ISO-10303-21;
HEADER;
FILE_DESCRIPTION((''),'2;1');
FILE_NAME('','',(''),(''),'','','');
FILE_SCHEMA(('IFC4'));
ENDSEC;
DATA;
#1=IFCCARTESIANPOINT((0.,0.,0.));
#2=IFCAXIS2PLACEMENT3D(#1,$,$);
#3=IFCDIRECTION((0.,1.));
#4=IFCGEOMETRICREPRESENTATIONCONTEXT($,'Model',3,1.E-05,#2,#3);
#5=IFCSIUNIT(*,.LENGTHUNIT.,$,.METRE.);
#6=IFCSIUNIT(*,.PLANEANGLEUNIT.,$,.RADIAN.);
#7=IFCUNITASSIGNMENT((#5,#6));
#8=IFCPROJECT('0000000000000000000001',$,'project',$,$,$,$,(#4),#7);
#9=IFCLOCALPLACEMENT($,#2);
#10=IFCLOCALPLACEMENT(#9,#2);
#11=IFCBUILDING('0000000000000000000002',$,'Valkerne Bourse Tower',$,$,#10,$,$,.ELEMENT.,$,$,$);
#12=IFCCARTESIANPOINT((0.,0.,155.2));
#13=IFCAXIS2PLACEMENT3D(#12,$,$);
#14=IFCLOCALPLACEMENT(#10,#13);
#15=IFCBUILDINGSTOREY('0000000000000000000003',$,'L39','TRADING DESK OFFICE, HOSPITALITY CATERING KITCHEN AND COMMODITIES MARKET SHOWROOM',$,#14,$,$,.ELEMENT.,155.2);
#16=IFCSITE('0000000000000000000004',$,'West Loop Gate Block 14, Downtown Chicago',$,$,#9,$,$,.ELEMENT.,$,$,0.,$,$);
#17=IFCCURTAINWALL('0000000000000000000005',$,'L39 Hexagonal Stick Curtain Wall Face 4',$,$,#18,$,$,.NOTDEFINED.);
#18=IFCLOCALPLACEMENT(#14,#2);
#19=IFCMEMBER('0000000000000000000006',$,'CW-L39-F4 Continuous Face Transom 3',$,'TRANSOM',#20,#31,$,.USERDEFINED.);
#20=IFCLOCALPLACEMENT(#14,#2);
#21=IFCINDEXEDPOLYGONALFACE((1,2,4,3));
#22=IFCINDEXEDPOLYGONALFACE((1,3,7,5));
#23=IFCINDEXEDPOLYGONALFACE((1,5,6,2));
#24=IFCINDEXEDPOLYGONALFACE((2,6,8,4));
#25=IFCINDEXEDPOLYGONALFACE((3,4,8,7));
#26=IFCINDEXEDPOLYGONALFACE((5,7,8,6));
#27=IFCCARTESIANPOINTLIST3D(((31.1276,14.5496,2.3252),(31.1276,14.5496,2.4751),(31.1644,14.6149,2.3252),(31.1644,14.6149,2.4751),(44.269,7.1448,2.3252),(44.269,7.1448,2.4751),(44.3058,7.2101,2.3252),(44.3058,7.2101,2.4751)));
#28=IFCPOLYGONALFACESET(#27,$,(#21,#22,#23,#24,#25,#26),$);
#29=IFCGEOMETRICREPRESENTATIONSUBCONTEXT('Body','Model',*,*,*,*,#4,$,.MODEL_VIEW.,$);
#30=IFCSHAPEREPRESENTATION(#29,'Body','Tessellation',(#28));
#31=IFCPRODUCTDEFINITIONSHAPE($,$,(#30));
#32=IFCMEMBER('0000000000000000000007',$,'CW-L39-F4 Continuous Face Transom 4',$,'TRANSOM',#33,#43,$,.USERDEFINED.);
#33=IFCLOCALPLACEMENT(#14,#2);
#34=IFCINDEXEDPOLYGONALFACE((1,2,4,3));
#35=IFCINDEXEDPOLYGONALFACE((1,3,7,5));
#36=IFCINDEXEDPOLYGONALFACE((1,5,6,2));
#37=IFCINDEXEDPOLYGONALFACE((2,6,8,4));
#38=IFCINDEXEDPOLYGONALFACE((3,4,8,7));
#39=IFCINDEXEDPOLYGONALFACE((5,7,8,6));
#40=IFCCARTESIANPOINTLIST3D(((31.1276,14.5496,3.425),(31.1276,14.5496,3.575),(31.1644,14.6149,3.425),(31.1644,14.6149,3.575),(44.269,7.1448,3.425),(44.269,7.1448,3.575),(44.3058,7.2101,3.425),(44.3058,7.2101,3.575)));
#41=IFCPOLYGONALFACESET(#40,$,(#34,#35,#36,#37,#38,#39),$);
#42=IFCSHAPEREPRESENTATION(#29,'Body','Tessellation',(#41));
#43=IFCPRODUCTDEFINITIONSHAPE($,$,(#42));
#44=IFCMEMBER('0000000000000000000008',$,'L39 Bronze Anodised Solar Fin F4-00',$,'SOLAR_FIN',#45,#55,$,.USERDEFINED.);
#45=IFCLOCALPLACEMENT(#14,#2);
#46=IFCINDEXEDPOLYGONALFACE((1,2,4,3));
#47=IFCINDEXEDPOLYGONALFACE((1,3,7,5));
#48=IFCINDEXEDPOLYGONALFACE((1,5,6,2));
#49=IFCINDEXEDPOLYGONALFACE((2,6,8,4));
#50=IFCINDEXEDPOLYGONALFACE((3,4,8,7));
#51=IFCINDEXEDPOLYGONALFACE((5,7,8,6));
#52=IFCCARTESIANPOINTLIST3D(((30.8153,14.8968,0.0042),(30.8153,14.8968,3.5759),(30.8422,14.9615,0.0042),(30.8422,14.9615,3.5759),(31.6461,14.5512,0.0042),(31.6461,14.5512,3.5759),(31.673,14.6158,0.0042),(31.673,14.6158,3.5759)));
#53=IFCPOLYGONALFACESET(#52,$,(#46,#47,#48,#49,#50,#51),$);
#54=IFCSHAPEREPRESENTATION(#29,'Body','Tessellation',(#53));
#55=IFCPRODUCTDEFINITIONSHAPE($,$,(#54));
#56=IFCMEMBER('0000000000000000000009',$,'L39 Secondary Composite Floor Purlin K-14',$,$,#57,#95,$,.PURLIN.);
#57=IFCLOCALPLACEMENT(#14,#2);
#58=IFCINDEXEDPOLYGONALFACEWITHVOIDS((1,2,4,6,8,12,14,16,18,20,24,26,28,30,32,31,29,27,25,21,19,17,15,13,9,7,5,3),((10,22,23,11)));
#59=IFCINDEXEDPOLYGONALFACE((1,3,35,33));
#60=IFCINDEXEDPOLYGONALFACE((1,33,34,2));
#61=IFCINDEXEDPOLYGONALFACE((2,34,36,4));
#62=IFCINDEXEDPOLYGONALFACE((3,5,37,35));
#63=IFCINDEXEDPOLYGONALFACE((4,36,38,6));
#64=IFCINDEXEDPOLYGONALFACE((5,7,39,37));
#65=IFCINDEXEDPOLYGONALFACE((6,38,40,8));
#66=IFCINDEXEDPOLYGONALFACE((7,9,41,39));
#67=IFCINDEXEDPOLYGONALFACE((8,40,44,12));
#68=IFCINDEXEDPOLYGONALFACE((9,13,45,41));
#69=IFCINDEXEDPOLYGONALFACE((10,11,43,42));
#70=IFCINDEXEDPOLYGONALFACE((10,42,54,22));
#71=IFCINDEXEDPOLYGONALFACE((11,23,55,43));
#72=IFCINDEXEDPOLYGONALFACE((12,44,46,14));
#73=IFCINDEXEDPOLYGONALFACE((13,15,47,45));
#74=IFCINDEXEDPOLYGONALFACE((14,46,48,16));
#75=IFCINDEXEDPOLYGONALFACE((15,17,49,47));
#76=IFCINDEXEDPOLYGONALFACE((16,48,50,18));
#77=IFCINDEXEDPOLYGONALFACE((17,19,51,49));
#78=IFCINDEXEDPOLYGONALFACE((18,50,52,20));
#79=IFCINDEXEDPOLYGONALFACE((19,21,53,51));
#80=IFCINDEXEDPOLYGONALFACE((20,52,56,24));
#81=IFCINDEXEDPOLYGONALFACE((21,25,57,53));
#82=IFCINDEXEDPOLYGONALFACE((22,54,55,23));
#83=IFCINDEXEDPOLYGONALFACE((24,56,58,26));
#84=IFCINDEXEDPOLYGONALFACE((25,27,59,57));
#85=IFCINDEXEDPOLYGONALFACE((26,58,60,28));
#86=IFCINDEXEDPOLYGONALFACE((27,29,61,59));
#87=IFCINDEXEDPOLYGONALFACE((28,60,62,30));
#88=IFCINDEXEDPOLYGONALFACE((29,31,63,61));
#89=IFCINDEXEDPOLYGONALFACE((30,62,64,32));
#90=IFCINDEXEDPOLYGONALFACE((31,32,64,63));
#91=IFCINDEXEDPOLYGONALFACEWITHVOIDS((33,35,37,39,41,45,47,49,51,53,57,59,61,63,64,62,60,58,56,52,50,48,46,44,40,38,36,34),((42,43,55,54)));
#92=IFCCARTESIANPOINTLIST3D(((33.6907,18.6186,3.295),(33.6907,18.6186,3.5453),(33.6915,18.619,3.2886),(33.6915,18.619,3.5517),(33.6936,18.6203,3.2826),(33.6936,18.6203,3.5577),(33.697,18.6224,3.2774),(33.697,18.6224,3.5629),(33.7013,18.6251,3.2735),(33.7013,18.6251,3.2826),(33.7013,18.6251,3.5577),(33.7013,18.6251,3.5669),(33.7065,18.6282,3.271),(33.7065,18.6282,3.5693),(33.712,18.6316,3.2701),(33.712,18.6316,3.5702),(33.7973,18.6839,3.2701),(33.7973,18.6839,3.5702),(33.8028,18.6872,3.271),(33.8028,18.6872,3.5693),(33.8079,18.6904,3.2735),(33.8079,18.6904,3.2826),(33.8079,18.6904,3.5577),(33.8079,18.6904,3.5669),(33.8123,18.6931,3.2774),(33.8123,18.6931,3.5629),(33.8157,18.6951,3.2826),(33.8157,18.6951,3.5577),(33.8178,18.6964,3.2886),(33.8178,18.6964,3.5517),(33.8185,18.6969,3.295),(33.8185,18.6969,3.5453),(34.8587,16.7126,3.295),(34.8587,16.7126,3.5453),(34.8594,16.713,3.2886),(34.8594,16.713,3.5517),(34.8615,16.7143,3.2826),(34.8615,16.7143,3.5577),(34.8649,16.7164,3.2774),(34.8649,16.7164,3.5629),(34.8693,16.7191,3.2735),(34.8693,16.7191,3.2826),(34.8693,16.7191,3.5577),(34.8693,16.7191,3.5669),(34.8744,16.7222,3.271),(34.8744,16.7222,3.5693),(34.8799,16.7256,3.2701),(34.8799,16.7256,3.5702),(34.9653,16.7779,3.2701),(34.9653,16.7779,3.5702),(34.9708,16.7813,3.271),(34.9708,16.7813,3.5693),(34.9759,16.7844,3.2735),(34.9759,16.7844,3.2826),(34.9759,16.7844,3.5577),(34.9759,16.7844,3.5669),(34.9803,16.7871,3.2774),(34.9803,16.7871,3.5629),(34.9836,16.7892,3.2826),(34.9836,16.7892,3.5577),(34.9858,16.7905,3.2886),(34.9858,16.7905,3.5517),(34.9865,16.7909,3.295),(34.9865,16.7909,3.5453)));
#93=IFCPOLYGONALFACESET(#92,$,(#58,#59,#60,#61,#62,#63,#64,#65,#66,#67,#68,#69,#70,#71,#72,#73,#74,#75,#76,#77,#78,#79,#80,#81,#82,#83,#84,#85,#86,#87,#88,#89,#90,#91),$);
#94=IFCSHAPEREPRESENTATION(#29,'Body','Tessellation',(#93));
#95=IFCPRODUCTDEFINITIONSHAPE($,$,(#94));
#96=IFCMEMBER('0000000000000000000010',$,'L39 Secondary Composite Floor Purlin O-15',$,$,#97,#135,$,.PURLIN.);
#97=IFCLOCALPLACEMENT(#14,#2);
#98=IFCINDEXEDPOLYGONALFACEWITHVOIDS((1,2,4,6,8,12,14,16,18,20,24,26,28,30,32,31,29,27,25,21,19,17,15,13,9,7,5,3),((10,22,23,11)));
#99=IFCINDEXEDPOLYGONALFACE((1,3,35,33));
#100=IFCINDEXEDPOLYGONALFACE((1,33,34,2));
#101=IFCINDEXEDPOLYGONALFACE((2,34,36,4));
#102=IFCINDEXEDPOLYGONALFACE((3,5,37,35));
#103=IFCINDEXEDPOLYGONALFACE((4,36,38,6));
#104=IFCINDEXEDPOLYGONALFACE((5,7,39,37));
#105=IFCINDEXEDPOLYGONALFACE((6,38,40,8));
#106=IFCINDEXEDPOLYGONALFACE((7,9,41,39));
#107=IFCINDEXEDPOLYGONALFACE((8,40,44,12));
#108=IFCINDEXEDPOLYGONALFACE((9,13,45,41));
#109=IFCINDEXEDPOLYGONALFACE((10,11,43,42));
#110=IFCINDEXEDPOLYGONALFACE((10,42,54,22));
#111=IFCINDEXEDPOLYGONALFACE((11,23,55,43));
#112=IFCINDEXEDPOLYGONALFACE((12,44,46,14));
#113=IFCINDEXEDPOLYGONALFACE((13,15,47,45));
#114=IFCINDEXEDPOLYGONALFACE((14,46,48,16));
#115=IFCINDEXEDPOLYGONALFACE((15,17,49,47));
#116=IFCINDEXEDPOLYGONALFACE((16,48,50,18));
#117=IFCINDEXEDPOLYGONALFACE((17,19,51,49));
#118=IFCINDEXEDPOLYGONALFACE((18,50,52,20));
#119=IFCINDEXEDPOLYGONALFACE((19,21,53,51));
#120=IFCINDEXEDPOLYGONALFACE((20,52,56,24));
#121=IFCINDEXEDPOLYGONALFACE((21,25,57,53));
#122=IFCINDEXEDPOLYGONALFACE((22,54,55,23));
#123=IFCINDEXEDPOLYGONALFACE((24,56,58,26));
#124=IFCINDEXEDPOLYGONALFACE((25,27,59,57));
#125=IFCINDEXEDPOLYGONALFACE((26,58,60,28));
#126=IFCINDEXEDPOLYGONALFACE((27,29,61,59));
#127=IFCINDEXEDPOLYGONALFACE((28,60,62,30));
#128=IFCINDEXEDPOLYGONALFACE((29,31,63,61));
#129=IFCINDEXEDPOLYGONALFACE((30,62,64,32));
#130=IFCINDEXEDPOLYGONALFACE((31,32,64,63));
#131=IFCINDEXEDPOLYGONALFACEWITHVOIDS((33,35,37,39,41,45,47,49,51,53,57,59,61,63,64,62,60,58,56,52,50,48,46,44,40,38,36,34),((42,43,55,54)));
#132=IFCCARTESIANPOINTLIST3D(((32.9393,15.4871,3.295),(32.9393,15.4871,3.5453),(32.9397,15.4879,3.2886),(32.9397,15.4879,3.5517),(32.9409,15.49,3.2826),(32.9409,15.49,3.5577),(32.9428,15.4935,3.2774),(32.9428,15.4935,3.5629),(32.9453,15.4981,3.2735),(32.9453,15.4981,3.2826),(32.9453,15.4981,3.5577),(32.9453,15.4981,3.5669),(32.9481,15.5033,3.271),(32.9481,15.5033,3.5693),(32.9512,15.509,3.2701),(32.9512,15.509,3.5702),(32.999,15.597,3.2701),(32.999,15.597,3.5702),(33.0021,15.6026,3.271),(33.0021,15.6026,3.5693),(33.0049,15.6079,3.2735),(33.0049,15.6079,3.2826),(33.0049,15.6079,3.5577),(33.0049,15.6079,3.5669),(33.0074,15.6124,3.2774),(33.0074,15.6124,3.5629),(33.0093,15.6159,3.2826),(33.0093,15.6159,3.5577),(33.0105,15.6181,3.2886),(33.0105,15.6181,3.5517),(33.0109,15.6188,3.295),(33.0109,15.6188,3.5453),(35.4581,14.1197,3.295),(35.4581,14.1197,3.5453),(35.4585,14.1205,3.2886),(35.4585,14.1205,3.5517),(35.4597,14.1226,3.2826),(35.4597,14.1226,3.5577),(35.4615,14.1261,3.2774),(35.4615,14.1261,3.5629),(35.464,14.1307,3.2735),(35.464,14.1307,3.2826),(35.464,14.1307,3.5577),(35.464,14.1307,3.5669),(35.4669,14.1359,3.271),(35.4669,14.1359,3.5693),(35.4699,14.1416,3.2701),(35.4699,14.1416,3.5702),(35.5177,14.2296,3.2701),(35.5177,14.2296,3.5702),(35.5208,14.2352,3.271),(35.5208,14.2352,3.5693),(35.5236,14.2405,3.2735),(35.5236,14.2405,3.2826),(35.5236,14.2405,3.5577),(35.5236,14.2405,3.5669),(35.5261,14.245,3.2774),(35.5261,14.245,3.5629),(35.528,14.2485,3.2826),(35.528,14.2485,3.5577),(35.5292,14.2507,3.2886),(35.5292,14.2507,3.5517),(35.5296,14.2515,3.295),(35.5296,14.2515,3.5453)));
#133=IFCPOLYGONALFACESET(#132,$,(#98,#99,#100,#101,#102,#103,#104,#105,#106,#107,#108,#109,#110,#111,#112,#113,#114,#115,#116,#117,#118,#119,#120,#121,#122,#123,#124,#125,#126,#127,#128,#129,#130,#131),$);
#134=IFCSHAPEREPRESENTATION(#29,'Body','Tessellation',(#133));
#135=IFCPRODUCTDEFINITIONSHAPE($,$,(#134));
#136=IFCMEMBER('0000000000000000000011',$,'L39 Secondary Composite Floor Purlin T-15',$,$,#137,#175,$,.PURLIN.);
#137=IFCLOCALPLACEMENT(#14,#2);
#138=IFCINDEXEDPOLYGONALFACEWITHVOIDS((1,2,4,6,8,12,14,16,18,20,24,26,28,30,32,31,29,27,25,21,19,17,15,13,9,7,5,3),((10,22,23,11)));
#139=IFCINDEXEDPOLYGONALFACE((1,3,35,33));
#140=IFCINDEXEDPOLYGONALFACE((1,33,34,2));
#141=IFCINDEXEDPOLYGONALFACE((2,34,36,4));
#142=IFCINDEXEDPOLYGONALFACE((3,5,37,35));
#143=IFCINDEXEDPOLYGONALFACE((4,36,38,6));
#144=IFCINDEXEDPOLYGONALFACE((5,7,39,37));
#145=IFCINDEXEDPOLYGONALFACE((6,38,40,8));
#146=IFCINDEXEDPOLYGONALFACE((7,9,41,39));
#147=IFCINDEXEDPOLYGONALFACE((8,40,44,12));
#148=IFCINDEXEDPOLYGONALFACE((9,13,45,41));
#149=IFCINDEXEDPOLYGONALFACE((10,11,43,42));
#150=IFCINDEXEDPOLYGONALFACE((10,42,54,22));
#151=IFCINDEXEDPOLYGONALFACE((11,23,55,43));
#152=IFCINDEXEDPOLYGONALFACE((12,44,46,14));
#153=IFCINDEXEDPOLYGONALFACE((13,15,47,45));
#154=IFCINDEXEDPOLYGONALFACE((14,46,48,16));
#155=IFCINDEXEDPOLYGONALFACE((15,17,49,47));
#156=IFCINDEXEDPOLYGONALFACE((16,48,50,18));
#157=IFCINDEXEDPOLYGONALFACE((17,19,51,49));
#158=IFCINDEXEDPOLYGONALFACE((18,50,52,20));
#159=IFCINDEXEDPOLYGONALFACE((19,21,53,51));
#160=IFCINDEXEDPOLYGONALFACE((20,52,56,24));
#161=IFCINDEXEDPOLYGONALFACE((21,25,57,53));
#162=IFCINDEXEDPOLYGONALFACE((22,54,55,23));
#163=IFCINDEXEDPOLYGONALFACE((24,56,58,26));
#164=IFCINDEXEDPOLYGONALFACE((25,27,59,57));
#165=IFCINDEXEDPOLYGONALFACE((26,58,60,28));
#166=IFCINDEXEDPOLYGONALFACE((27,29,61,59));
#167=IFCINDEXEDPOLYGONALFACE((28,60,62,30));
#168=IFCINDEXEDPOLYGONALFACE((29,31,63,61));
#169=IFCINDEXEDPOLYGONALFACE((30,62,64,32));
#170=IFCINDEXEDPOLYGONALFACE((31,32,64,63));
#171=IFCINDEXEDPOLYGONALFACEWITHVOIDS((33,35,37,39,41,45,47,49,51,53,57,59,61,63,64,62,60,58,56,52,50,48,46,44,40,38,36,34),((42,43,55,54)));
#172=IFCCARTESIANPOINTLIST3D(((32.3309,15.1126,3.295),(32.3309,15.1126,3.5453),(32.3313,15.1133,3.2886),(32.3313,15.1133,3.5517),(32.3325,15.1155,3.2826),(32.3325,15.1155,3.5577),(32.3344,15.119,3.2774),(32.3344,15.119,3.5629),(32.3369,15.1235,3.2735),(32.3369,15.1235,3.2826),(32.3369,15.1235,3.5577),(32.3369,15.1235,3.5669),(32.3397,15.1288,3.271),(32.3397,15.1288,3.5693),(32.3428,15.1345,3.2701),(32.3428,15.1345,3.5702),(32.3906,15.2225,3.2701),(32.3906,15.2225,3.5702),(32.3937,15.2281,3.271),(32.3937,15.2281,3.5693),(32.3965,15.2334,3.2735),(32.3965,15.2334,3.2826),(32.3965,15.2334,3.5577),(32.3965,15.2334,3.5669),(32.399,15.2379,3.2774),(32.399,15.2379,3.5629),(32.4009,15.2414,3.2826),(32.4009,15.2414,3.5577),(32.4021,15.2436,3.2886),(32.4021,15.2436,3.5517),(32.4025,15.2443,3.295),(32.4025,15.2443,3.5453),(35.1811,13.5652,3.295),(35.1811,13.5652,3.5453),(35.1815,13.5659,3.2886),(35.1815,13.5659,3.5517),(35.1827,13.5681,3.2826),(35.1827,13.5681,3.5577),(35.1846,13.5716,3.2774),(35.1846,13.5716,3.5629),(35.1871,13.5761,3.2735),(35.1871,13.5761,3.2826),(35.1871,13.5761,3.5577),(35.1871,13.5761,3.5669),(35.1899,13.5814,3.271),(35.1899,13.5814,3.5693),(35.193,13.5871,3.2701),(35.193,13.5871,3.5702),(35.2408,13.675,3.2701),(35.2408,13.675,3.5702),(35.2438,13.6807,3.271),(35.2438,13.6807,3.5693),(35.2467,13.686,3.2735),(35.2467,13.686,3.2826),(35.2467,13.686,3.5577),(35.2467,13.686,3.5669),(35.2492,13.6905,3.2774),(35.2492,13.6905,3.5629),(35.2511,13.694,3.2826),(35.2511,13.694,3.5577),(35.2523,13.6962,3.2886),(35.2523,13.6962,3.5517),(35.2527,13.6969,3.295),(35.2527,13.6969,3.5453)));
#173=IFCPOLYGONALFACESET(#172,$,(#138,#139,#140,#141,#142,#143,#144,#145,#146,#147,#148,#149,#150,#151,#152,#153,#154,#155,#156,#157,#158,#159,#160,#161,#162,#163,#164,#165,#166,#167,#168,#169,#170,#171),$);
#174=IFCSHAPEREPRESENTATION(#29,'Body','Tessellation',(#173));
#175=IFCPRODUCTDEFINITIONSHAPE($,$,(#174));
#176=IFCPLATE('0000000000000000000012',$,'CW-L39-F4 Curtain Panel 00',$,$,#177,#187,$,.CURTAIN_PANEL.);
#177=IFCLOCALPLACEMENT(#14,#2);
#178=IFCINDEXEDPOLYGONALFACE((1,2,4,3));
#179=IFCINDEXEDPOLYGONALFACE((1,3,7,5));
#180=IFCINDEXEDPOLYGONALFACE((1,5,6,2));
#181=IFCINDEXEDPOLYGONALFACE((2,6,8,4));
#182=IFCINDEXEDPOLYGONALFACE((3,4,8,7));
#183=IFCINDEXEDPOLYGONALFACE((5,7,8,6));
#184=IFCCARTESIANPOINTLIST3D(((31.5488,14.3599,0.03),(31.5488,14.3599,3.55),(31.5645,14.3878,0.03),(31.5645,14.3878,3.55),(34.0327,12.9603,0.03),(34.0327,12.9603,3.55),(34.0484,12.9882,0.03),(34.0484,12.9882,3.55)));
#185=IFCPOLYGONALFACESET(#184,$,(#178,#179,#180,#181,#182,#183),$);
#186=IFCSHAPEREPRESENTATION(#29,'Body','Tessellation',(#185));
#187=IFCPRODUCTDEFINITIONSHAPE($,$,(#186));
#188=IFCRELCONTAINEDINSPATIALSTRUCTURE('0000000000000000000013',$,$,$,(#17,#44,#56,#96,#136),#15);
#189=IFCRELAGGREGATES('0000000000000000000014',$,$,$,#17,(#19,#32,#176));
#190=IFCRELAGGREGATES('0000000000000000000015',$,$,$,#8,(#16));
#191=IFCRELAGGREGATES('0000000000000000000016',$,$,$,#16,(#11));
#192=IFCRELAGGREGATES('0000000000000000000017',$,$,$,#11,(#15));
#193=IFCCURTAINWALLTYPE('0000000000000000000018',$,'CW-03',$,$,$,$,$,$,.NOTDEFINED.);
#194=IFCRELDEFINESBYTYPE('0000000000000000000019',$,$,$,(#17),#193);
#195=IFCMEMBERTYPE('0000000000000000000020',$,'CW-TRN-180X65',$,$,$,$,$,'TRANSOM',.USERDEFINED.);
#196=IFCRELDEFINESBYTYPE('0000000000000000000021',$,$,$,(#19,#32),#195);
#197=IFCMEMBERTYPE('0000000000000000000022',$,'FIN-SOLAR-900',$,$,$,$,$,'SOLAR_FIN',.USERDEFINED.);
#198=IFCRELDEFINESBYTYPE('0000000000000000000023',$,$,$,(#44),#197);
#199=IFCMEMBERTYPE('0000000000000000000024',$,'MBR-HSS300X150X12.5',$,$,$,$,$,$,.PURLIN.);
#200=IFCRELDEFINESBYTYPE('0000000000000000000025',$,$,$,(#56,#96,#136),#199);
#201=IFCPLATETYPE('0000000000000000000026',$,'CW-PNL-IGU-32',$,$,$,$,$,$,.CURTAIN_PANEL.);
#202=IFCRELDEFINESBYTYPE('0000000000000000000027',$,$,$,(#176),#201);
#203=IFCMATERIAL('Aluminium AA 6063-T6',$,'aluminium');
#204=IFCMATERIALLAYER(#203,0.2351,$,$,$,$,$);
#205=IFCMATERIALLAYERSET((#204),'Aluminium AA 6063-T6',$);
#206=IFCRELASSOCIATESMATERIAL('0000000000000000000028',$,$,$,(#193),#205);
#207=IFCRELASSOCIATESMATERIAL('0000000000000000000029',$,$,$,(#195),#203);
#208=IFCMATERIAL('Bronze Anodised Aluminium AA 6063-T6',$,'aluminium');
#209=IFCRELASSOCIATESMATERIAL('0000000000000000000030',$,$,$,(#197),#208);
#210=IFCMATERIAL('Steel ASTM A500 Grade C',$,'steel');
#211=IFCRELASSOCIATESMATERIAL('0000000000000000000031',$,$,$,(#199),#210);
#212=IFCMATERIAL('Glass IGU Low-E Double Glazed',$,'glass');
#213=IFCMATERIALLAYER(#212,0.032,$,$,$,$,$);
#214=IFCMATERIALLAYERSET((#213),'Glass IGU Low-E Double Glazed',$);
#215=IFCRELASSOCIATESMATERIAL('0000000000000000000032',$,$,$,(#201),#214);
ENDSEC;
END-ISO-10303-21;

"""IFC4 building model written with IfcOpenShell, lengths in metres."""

from ifc_helpers import new_model, si_unit, direction, frame, origin, origin_2d, place, context, subcontext, project, spatial, rectangle, hollow_rectangle, extrude, material, layer, layer_set, material_profile, profile_set, type_object, element, aggregate, save


model = new_model("IFC4")

# Units and contexts
model_context = context("Model", 3, precision=1e-05, world=origin(), true_north=direction((0.0, 1.0)))
body_context = subcontext(model_context, "Body", "Model", "MODEL_VIEW")
ifc_project = project(units=[si_unit("LENGTHUNIT", "METRE"), si_unit("PLANEANGLEUNIT", "RADIAN")], contexts=[model_context])

# Site, building, storey
site_placement = place(None, origin())
site = spatial("IfcSite", under=ifc_project, at=site_placement, Name="West Loop Gate Block 14, Downtown Chicago", CompositionType="ELEMENT", RefElevation=0.0)
building_placement = place(site_placement, origin())
building = spatial("IfcBuilding", under=site, at=building_placement, Name="Valkerne Bourse Tower", CompositionType="ELEMENT")
storey_placement = place(building_placement, frame((0.0, 0.0, 155.2)))
storey = spatial("IfcBuildingStorey", under=building, at=storey_placement, Name="L39", Description="TRADING DESK OFFICE, HOSPITALITY CATERING KITCHEN AND COMMODITIES MARKET SHOWROOM", CompositionType="ELEMENT", Elevation=155.2)

# Curtain wall, members
ifc_material_1 = material(Name="Aluminium AA 6063-T6", Category="aluminium")
ifc_layer_1 = layer(ifc_material_1, 0.2351)
ifc_layer_set_1 = layer_set([ifc_layer_1], Name="Aluminium AA 6063-T6")
curtain_wall_type = type_object("IfcCurtainWallType", Name="CW-03", PredefinedType="NOTDEFINED", material=ifc_layer_set_1)
curtain_wall_placement = place(storey_placement, origin())
curtain_wall = element("IfcCurtainWall", 1, at=curtain_wall_placement, inside=storey, type_object=curtain_wall_type, Name="L39 Hexagonal Stick Curtain Wall Face 4", PredefinedType="NOTDEFINED")
ifc_material_profile_1 = material_profile(ifc_material_1, rectangle(XDim=0.075, YDim=0.1499, at=origin_2d()), Name="CWT-75X150")
ifc_profile_set_1 = profile_set([ifc_material_profile_1], Name="Aluminium AA 6063-T6")
member_type_1 = type_object("IfcMemberType", Name="CW-TRN-180X65", ElementType="TRANSOM", PredefinedType="USERDEFINED", material=ifc_profile_set_1)
member_1_placement = place(storey_placement, frame((31.146, 14.5823, 2.4001), z_axis=(0.871214, -0.490904, 0.0), x_axis=(0.490904, 0.871214, 0.0)))
member_1 = element("IfcMember", 2, at=member_1_placement, type_object=member_type_1, Name="CW-L39-F4 Continuous Face Transom 3", ObjectType="TRANSOM", PredefinedType="USERDEFINED", context=body_context, shape_type="SweptSolid", body=[
    extrude(rectangle(XDim=0.075, YDim=0.1499, at=origin_2d()), origin(), (0.0, 0.0, 1.0), 15.084),
])
member_2_placement = place(storey_placement, frame((31.146, 14.5823, 3.5), z_axis=(0.871214, -0.490904, 0.0), x_axis=(0.490904, 0.871214, 0.0)))
member_2 = element("IfcMember", 3, at=member_2_placement, type_object=member_type_1, Name="CW-L39-F4 Continuous Face Transom 4", ObjectType="TRANSOM", PredefinedType="USERDEFINED", context=body_context, shape_type="SweptSolid", body=[
    extrude(rectangle(XDim=0.075, YDim=0.1499, at=origin_2d()), origin(), (0.0, 0.0, 1.0), 15.084),
])

# Members
ifc_material_2 = material(Name="Bronze Anodised Aluminium AA 6063-T6", Category="aluminium")
ifc_material_profile_2 = material_profile(ifc_material_2, rectangle(XDim=0.0701, YDim=0.8999, at=origin_2d()), Name="FIN-70X900")
ifc_profile_set_2 = profile_set([ifc_material_profile_2], Name="Bronze Anodised Aluminium AA 6063-T6")
member_type_2 = type_object("IfcMemberType", Name="FIN-SOLAR-900", ElementType="SOLAR_FIN", PredefinedType="USERDEFINED", material=ifc_profile_set_2)
member_3_placement = place(storey_placement, frame((31.2441, 14.7563, 0.0042), z_axis=(0.0, 0.0, 1.0), x_axis=(-0.384148, -0.923272, 0.0)))
element("IfcMember", 4, at=member_3_placement, inside=storey, type_object=member_type_2, Name="L39 Bronze Anodised Solar Fin F4-00", ObjectType="SOLAR_FIN", PredefinedType="USERDEFINED", context=body_context, shape_type="SweptSolid", body=[
    extrude(rectangle(XDim=0.0701, YDim=0.8999, at=origin_2d()), origin(), (0.0, 0.0, 1.0), 3.5718),
])
ifc_material_3 = material(Name="Steel ASTM A500 Grade C", Category="steel")
ifc_material_profile_3 = material_profile(ifc_material_3, hollow_rectangle(XDim=0.1499, YDim=0.3, WallThickness=0.0125, OuterFilletRadius=0.0249, at=origin_2d()), Name="HSS300X150X12.5")
ifc_profile_set_3 = profile_set([ifc_material_profile_3], Name="Steel ASTM A500 Grade C")
member_type_3 = type_object("IfcMemberType", Name="MBR-HSS300X150X12.5", PredefinedType="PURLIN", material=ifc_profile_set_3)
member_4_placement = place(storey_placement, frame((33.7546, 18.6577, 3.4202), z_axis=(0.522488, -0.852647, 0.0), x_axis=(0.852647, 0.522488, 0.0)))
element("IfcMember", 5, at=member_4_placement, inside=storey, type_object=member_type_3, Name="L39 Secondary Composite Floor Purlin K-14", PredefinedType="PURLIN", context=body_context, shape_type="SweptSolid", body=[
    extrude(hollow_rectangle(XDim=0.1499, YDim=0.3, WallThickness=0.0125, OuterFilletRadius=0.0249, at=origin_2d()), origin(), (0.0, 0.0, 1.0), 2.2354),
])
member_5_placement = place(storey_placement, frame((32.9751, 15.553, 3.4202), z_axis=(0.878841, -0.477114, 0.0), x_axis=(0.477114, 0.878841, 0.0)))
element("IfcMember", 6, at=member_5_placement, inside=storey, type_object=member_type_3, Name="L39 Secondary Composite Floor Purlin O-15", PredefinedType="PURLIN", context=body_context, shape_type="SweptSolid", body=[
    extrude(hollow_rectangle(XDim=0.1499, YDim=0.3, WallThickness=0.0125, OuterFilletRadius=0.0249, at=origin_2d()), origin(), (0.0, 0.0, 1.0), 2.866),
])
member_6_placement = place(storey_placement, frame((32.3667, 15.1785, 3.4202), z_axis=(0.878832, -0.477132, 0.0), x_axis=(0.477132, 0.878832, 0.0)))
element("IfcMember", 7, at=member_6_placement, inside=storey, type_object=member_type_3, Name="L39 Secondary Composite Floor Purlin T-15", PredefinedType="PURLIN", context=body_context, shape_type="SweptSolid", body=[
    extrude(hollow_rectangle(XDim=0.1499, YDim=0.3, WallThickness=0.0125, OuterFilletRadius=0.0249, at=origin_2d()), origin(), (0.0, 0.0, 1.0), 3.2432),
])

# Plate
ifc_material_4 = material(Name="Glass IGU Low-E Double Glazed", Category="glass")
ifc_layer_2 = layer(ifc_material_4, 0.032)
ifc_layer_set_2 = layer_set([ifc_layer_2], Name="Glass IGU Low-E Double Glazed")
plate_type = type_object("IfcPlateType", Name="CW-PNL-IGU-32", PredefinedType="CURTAIN_PANEL", material=ifc_layer_set_2)
plate_placement = place(storey_placement, frame((32.7986, 13.6741, 0.03), z_axis=(0.0, 0.0, 1.0), x_axis=(0.871217, -0.490898, 0.0)))
plate = element("IfcPlate", 8, at=plate_placement, type_object=plate_type, Name="CW-L39-F4 Curtain Panel 00", PredefinedType="CURTAIN_PANEL", context=body_context, shape_type="SweptSolid", body=[
    extrude(rectangle(XDim=2.8511, YDim=0.032, at=origin_2d()), origin(), (0.0, 0.0, 1.0), 3.52),
])
aggregate(curtain_wall, [member_1, member_2, plate])

save(model, "model.ifc")
